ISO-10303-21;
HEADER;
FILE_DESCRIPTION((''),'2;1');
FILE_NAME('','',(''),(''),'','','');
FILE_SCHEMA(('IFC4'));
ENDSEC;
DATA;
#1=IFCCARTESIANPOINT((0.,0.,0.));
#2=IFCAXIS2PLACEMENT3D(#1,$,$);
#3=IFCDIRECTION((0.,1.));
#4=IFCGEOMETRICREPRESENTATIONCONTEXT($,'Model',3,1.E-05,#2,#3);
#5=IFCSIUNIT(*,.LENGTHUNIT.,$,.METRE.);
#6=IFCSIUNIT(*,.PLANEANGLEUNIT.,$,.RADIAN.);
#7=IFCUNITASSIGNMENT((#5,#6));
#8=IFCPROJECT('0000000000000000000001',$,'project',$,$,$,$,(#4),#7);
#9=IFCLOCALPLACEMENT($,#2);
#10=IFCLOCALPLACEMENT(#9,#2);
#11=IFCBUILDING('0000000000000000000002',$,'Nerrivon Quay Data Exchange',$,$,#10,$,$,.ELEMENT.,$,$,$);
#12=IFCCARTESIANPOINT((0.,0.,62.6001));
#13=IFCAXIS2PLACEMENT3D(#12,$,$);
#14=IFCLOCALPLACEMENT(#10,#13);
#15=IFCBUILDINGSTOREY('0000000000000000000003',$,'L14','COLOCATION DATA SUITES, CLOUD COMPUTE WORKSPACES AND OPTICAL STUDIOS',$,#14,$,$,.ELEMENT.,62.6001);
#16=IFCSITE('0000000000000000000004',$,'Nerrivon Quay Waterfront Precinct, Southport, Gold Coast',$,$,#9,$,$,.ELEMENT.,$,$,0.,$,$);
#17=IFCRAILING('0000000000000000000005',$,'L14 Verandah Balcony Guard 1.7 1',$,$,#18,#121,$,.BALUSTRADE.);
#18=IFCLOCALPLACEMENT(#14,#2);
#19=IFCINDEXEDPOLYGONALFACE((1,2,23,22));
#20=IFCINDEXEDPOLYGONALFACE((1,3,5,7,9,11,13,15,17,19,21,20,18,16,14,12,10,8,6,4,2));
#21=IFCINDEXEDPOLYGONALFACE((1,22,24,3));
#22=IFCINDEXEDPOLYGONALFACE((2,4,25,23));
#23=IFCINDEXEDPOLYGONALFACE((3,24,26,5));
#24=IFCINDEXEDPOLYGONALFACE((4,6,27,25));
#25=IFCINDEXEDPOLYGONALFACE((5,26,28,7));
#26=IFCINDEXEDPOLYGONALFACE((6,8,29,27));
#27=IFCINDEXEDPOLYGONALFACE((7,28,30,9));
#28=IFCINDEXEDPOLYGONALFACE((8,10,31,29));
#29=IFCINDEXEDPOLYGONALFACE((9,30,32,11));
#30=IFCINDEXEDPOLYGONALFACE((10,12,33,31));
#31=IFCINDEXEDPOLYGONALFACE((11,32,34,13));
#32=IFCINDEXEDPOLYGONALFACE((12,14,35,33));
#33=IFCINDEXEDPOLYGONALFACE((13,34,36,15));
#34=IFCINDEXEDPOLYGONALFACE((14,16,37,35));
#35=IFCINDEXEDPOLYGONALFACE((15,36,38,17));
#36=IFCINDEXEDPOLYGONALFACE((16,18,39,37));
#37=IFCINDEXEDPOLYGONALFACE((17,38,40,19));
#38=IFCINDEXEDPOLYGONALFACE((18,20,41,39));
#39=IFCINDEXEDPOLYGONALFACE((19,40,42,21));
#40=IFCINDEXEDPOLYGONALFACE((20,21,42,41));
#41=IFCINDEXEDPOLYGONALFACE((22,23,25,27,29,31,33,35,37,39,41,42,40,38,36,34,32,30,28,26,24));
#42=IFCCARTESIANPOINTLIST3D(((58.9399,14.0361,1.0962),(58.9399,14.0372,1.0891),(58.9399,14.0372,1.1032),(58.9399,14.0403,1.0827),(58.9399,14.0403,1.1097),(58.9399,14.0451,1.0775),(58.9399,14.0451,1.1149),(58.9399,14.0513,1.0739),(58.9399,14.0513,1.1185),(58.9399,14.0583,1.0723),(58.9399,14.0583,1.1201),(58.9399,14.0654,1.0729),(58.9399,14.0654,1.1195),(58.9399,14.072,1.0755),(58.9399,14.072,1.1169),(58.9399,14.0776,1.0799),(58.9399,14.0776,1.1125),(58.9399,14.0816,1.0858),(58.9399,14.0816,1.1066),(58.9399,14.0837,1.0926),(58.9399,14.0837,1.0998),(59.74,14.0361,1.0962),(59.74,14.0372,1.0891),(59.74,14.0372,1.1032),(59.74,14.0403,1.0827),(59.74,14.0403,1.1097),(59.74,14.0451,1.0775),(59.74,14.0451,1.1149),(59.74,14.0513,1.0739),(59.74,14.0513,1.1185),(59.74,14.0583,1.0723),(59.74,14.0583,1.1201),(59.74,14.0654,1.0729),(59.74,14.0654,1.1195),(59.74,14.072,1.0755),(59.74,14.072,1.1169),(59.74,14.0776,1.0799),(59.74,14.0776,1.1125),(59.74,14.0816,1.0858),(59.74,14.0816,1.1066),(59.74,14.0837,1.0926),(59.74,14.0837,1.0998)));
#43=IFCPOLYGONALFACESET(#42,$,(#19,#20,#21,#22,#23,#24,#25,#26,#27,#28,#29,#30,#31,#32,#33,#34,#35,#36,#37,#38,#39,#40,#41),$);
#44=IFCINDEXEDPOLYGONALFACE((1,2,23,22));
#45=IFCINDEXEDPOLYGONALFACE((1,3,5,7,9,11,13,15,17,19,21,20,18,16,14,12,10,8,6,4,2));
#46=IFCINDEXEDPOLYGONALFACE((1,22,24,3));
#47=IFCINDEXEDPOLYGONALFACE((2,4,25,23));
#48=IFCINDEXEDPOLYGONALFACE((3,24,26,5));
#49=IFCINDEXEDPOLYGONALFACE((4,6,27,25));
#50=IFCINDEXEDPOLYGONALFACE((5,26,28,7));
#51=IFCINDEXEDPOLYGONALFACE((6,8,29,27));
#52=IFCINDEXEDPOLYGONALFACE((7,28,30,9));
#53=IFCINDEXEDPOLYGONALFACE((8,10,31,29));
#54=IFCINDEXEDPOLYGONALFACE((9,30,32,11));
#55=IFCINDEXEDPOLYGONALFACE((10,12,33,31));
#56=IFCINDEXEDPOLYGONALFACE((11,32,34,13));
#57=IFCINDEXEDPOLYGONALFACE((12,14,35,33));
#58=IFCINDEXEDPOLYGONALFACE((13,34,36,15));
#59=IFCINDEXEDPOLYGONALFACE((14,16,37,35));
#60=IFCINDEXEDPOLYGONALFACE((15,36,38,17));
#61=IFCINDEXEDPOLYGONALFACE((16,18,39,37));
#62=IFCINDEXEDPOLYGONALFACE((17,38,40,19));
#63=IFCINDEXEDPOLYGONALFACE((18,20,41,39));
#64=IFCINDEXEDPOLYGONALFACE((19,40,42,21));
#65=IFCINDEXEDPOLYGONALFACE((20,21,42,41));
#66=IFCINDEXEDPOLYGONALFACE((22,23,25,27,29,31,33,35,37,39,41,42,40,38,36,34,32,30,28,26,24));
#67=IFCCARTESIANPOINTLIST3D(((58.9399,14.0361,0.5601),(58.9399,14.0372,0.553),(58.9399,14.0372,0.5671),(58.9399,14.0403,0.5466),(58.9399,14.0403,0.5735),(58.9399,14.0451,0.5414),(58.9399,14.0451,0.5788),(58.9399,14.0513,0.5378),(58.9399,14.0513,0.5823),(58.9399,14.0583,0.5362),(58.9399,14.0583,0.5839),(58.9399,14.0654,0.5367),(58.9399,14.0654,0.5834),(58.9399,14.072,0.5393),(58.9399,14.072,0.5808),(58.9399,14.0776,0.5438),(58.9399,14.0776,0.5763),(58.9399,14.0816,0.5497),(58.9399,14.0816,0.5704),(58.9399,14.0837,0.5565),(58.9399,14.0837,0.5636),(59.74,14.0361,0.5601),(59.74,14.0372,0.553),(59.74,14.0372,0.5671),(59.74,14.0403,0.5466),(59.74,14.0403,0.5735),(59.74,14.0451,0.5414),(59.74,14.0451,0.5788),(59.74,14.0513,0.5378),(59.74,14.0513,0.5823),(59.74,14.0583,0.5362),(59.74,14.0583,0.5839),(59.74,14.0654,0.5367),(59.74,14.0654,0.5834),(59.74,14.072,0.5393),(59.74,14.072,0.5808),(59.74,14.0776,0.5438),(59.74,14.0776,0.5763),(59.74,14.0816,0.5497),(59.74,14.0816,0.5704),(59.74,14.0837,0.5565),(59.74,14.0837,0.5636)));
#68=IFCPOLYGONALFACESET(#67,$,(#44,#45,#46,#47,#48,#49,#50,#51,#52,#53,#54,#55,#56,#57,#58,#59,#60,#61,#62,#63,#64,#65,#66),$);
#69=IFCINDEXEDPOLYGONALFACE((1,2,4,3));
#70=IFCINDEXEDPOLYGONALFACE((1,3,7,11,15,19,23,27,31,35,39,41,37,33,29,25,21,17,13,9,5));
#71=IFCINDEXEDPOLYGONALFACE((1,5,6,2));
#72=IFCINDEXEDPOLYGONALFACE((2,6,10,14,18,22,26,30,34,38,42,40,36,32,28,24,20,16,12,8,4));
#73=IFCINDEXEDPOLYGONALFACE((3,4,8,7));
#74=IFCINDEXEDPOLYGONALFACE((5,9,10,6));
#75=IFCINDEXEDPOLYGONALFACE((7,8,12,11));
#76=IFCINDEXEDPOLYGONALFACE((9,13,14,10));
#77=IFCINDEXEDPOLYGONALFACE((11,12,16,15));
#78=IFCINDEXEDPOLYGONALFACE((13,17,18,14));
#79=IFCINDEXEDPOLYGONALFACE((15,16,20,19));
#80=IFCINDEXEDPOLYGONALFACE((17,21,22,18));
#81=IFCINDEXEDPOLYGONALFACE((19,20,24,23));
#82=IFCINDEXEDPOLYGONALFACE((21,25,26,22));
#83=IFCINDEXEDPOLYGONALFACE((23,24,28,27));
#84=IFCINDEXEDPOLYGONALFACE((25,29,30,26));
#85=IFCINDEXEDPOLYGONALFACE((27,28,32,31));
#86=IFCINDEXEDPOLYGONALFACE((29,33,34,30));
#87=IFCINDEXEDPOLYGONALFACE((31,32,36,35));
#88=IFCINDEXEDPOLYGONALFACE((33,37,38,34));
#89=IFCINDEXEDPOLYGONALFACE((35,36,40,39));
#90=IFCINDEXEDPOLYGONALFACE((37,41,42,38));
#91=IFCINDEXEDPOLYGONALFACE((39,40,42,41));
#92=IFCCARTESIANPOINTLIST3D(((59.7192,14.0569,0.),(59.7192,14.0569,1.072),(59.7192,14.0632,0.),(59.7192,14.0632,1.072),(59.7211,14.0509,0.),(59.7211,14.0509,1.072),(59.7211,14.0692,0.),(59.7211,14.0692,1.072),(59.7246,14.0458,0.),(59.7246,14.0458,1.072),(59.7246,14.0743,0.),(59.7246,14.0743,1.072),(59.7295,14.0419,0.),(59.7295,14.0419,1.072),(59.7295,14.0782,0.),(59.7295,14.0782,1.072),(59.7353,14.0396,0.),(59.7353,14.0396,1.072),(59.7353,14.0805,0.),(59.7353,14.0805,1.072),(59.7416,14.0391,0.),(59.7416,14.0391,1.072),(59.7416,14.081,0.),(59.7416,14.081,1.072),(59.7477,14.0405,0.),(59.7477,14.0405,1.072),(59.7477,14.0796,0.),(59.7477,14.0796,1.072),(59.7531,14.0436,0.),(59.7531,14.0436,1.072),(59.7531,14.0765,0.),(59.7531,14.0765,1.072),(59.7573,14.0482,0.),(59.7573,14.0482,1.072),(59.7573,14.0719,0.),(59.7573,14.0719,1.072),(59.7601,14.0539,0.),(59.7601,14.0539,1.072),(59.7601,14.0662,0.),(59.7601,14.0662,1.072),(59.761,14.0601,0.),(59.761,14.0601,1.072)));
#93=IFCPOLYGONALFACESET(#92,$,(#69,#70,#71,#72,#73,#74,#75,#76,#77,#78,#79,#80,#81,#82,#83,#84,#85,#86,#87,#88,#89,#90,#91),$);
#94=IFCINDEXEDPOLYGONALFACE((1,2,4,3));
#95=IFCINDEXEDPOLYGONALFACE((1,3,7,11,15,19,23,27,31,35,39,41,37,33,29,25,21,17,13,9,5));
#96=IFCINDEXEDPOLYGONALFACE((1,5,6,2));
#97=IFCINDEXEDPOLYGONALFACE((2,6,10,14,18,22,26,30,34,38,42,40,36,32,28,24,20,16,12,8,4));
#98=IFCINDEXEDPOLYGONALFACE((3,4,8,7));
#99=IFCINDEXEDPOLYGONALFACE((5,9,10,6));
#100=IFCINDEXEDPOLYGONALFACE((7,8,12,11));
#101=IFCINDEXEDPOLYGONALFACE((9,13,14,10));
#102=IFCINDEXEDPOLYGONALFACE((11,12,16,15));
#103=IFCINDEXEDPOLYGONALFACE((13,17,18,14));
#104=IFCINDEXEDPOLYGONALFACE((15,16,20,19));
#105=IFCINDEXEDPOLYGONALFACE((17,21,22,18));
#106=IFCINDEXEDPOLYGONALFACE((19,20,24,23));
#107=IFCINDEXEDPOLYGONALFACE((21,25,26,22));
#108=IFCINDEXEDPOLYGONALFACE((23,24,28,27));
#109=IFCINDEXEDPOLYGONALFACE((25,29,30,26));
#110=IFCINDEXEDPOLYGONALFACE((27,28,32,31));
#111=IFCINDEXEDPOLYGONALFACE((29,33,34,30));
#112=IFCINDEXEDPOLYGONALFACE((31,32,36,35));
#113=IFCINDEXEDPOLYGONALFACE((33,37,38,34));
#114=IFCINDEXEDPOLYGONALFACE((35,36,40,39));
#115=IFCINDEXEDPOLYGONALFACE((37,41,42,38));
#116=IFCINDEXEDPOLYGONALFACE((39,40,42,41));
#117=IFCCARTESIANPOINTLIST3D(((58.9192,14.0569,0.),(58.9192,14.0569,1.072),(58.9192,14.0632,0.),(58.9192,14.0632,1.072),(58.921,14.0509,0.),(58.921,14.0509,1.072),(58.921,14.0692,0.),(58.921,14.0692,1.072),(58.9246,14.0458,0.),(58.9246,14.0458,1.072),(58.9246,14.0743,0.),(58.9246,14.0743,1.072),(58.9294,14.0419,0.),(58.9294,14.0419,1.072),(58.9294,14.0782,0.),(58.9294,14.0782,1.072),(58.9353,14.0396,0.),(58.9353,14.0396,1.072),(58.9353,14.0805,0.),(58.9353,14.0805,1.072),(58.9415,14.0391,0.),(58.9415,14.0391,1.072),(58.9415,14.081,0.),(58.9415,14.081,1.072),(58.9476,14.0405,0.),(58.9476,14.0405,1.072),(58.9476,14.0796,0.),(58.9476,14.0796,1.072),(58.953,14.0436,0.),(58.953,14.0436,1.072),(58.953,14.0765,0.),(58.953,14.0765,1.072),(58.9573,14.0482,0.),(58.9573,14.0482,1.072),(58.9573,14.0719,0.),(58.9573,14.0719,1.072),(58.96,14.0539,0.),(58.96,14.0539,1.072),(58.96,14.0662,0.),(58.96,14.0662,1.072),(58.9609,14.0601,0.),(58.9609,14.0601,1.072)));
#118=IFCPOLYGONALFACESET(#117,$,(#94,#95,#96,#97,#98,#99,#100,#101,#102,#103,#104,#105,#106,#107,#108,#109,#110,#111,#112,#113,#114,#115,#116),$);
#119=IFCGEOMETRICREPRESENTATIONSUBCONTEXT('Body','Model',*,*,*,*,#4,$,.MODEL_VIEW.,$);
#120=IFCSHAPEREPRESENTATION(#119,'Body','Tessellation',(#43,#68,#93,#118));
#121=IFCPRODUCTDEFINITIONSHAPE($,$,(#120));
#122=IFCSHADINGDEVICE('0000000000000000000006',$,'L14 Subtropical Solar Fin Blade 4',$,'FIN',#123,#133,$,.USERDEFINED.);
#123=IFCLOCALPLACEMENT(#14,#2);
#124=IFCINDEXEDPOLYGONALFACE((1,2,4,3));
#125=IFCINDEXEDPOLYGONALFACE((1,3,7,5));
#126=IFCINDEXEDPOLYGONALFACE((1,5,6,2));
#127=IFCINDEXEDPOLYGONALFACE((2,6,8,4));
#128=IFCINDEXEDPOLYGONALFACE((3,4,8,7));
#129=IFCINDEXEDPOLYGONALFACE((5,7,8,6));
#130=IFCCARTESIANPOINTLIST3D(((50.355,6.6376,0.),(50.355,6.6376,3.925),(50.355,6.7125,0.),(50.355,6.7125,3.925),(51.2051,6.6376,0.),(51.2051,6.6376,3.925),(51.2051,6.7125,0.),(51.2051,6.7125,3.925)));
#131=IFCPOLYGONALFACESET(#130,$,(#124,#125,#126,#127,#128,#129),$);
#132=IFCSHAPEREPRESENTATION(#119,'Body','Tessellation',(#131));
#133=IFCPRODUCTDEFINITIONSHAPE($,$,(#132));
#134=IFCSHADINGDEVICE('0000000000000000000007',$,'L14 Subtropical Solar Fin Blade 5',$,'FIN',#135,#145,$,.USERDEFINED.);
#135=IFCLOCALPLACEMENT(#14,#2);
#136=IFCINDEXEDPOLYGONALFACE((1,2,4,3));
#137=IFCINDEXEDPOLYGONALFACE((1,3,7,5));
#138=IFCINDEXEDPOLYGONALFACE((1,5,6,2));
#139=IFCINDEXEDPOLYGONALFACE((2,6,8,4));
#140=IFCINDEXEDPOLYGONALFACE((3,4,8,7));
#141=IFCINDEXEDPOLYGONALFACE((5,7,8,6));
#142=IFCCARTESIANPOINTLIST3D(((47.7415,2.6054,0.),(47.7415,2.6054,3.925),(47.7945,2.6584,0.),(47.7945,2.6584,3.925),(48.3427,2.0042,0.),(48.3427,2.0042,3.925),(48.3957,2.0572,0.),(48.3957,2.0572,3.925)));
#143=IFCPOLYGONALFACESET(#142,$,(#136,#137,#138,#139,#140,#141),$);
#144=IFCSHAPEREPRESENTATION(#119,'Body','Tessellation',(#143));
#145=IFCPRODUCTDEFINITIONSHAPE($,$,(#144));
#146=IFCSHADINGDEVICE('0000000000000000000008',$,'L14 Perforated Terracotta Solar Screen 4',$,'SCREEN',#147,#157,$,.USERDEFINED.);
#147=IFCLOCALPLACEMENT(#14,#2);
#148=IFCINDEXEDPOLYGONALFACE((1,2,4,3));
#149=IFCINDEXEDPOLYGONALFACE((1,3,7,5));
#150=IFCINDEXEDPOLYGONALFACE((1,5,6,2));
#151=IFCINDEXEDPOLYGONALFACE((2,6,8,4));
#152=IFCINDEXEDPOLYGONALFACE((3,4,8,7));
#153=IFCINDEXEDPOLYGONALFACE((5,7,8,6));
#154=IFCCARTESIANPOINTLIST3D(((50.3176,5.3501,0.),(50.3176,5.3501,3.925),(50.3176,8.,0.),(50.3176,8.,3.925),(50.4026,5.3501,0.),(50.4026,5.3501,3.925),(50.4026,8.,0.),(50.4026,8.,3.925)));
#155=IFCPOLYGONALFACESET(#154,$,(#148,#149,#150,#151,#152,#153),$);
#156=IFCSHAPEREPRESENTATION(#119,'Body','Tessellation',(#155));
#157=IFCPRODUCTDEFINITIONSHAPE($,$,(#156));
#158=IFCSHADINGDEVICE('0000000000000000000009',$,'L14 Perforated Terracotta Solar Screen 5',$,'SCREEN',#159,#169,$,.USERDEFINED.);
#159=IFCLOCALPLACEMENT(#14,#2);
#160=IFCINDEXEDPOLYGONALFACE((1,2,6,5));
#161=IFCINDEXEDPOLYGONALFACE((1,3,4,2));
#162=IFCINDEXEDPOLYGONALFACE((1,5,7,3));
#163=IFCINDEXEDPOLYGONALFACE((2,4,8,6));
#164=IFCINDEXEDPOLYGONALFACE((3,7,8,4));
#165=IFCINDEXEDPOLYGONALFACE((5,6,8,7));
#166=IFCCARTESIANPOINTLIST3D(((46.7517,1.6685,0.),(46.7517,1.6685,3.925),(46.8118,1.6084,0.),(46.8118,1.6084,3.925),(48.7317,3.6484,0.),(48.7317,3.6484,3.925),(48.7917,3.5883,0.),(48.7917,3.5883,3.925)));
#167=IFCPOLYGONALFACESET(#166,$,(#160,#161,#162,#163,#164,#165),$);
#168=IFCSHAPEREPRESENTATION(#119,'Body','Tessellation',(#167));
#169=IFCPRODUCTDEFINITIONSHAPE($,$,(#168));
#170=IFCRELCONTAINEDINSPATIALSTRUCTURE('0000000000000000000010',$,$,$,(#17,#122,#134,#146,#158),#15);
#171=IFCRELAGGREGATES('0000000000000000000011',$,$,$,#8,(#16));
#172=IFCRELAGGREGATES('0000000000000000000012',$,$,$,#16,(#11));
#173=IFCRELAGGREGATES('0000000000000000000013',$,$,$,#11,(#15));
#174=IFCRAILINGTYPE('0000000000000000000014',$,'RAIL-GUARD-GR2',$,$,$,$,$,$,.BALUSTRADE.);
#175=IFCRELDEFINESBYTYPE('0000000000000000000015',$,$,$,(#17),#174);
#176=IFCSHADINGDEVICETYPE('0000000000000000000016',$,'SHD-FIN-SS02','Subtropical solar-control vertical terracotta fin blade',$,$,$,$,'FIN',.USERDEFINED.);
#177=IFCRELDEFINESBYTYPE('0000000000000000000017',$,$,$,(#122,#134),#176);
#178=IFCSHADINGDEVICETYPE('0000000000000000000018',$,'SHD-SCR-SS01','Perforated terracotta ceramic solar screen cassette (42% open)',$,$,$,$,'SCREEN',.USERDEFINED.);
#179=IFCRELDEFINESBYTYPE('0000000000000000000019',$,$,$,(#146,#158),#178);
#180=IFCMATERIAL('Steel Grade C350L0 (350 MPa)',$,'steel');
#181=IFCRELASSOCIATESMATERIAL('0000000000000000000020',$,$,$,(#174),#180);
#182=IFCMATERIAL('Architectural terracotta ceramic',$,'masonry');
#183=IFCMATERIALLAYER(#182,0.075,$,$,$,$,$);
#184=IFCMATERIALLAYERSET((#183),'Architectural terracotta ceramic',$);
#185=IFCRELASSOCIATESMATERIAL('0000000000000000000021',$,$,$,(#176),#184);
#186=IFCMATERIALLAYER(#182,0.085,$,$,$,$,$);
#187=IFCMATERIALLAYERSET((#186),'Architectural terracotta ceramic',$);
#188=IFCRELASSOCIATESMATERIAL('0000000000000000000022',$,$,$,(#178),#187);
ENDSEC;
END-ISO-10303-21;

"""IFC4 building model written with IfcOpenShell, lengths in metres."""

from ifc_helpers import new_model, si_unit, direction, frame, origin, origin_2d, place, context, subcontext, project, spatial, rectangle, circle, extrude, material, layer, layer_set, type_object, element, save


model = new_model("IFC4")

# Units and contexts
model_context = context("Model", 3, precision=1e-05, world=origin(), true_north=direction((0.0, 1.0)))
body_context = subcontext(model_context, "Body", "Model", "MODEL_VIEW")
ifc_project = project(units=[si_unit("LENGTHUNIT", "METRE"), si_unit("PLANEANGLEUNIT", "RADIAN")], contexts=[model_context])

# Site, building, storey
site_placement = place(None, origin())
site = spatial("IfcSite", under=ifc_project, at=site_placement, Name="Nerrivon Quay Waterfront Precinct, Southport, Gold Coast", CompositionType="ELEMENT", RefElevation=0.0)
building_placement = place(site_placement, origin())
building = spatial("IfcBuilding", under=site, at=building_placement, Name="Nerrivon Quay Data Exchange", CompositionType="ELEMENT")
storey_placement = place(building_placement, frame((0.0, 0.0, 62.6001)))
storey = spatial("IfcBuildingStorey", under=building, at=storey_placement, Name="L14", Description="COLOCATION DATA SUITES, CLOUD COMPUTE WORKSPACES AND OPTICAL STUDIOS", CompositionType="ELEMENT", Elevation=62.6001)

# Shared definitions
ifc_material_1 = material(Name="Steel Grade C350L0 (350 MPa)", Category="steel")

# Shared definitions
ifc_material_2 = material(Name="Architectural terracotta ceramic", Category="masonry")

# Railing
railing_type = type_object("IfcRailingType", Name="RAIL-GUARD-GR2", PredefinedType="BALUSTRADE", material=ifc_material_1)
railing_1_placement = place(storey_placement, frame((59.74, 14.0601, 0.0)))
element("IfcRailing", 1, at=railing_1_placement, inside=storey, type_object=railing_type, Name="L14 Verandah Balcony Guard 1.7 1", PredefinedType="BALUSTRADE", context=body_context, shape_type="SweptSolid", body=[
    extrude(circle(Radius=0.0239, at=origin_2d()), frame((0.0, 0.0, 1.0962), z_axis=(-1.0, 0.0, 0.0), x_axis=(0.0, -1.0, 0.0)), (0.0, 0.0, 1.0), 0.8),
    extrude(circle(Radius=0.0239, at=origin_2d()), frame((0.0, 0.0, 0.5601), z_axis=(-1.0, 0.0, 0.0), x_axis=(0.0, -1.0, 0.0)), (0.0, 0.0, 1.0), 0.8),
    extrude(circle(Radius=0.021, at=origin_2d()), origin(), (0.0, 0.0, 1.0), 1.072),
    extrude(circle(Radius=0.021, at=origin_2d()), frame((-0.8, 0.0, 0.0)), (0.0, 0.0, 1.0), 1.072),
])

# Shading devices
ifc_layer_1 = layer(ifc_material_2, 0.075)
ifc_layer_set_1 = layer_set([ifc_layer_1], Name="Architectural terracotta ceramic")
shading_device_type_1 = type_object("IfcShadingDeviceType", Name="SHD-FIN-SS02", Description="Subtropical solar-control vertical terracotta fin blade", ElementType="FIN", PredefinedType="USERDEFINED", material=ifc_layer_set_1)
for number, where, z_axis, x_axis, name in (
    (2, (50.78, 6.675, 0.0), (0.0, 0.0, 1.0), (0.0, -1.0, 0.0), "L14 Subtropical Solar Fin Blade 4"),
    (3, (48.0686, 2.3313, 0.0), (0.0, 0.0, 1.0), (-0.707107, -0.707107, 0.0), "L14 Subtropical Solar Fin Blade 5"),
):
    element("IfcShadingDevice", number, at=place(storey_placement, frame(where, z_axis=z_axis, x_axis=x_axis)), inside=storey, type_object=shading_device_type_1, Name=name, ObjectType="FIN", PredefinedType="USERDEFINED", context=body_context, shape_type="SweptSolid", body=[
        extrude(rectangle(XDim=0.075, YDim=0.8501, at=origin_2d()), origin(), (0.0, 0.0, 1.0), 3.925),
    ])
ifc_layer_2 = layer(ifc_material_2, 0.085)
ifc_layer_set_2 = layer_set([ifc_layer_2], Name="Architectural terracotta ceramic")
shading_device_type_2 = type_object("IfcShadingDeviceType", Name="SHD-SCR-SS01", Description="Perforated terracotta ceramic solar screen cassette (42% open)", ElementType="SCREEN", PredefinedType="USERDEFINED", material=ifc_layer_set_2)
shading_device_1_placement = place(storey_placement, frame((50.3601, 6.675, 0.0), z_axis=(0.0, 0.0, 1.0), x_axis=(0.0, -1.0, 0.0)))
element("IfcShadingDevice", 4, at=shading_device_1_placement, inside=storey, type_object=shading_device_type_2, Name="L14 Perforated Terracotta Solar Screen 4", ObjectType="SCREEN", PredefinedType="USERDEFINED", context=body_context, shape_type="SweptSolid", body=[
    extrude(rectangle(XDim=2.6499, YDim=0.085, at=origin_2d()), origin(), (0.0, 0.0, 1.0), 3.925),
])
shading_device_2_placement = place(storey_placement, frame((47.7717, 2.6284, 0.0), z_axis=(0.0, 0.0, 1.0), x_axis=(-0.707107, -0.707107, 0.0)))
element("IfcShadingDevice", 5, at=shading_device_2_placement, inside=storey, type_object=shading_device_type_2, Name="L14 Perforated Terracotta Solar Screen 5", ObjectType="SCREEN", PredefinedType="USERDEFINED", context=body_context, shape_type="SweptSolid", body=[
    extrude(rectangle(XDim=2.8, YDim=0.085, at=origin_2d()), origin(), (0.0, 0.0, 1.0), 3.925),
])

save(model, "model.ifc")
